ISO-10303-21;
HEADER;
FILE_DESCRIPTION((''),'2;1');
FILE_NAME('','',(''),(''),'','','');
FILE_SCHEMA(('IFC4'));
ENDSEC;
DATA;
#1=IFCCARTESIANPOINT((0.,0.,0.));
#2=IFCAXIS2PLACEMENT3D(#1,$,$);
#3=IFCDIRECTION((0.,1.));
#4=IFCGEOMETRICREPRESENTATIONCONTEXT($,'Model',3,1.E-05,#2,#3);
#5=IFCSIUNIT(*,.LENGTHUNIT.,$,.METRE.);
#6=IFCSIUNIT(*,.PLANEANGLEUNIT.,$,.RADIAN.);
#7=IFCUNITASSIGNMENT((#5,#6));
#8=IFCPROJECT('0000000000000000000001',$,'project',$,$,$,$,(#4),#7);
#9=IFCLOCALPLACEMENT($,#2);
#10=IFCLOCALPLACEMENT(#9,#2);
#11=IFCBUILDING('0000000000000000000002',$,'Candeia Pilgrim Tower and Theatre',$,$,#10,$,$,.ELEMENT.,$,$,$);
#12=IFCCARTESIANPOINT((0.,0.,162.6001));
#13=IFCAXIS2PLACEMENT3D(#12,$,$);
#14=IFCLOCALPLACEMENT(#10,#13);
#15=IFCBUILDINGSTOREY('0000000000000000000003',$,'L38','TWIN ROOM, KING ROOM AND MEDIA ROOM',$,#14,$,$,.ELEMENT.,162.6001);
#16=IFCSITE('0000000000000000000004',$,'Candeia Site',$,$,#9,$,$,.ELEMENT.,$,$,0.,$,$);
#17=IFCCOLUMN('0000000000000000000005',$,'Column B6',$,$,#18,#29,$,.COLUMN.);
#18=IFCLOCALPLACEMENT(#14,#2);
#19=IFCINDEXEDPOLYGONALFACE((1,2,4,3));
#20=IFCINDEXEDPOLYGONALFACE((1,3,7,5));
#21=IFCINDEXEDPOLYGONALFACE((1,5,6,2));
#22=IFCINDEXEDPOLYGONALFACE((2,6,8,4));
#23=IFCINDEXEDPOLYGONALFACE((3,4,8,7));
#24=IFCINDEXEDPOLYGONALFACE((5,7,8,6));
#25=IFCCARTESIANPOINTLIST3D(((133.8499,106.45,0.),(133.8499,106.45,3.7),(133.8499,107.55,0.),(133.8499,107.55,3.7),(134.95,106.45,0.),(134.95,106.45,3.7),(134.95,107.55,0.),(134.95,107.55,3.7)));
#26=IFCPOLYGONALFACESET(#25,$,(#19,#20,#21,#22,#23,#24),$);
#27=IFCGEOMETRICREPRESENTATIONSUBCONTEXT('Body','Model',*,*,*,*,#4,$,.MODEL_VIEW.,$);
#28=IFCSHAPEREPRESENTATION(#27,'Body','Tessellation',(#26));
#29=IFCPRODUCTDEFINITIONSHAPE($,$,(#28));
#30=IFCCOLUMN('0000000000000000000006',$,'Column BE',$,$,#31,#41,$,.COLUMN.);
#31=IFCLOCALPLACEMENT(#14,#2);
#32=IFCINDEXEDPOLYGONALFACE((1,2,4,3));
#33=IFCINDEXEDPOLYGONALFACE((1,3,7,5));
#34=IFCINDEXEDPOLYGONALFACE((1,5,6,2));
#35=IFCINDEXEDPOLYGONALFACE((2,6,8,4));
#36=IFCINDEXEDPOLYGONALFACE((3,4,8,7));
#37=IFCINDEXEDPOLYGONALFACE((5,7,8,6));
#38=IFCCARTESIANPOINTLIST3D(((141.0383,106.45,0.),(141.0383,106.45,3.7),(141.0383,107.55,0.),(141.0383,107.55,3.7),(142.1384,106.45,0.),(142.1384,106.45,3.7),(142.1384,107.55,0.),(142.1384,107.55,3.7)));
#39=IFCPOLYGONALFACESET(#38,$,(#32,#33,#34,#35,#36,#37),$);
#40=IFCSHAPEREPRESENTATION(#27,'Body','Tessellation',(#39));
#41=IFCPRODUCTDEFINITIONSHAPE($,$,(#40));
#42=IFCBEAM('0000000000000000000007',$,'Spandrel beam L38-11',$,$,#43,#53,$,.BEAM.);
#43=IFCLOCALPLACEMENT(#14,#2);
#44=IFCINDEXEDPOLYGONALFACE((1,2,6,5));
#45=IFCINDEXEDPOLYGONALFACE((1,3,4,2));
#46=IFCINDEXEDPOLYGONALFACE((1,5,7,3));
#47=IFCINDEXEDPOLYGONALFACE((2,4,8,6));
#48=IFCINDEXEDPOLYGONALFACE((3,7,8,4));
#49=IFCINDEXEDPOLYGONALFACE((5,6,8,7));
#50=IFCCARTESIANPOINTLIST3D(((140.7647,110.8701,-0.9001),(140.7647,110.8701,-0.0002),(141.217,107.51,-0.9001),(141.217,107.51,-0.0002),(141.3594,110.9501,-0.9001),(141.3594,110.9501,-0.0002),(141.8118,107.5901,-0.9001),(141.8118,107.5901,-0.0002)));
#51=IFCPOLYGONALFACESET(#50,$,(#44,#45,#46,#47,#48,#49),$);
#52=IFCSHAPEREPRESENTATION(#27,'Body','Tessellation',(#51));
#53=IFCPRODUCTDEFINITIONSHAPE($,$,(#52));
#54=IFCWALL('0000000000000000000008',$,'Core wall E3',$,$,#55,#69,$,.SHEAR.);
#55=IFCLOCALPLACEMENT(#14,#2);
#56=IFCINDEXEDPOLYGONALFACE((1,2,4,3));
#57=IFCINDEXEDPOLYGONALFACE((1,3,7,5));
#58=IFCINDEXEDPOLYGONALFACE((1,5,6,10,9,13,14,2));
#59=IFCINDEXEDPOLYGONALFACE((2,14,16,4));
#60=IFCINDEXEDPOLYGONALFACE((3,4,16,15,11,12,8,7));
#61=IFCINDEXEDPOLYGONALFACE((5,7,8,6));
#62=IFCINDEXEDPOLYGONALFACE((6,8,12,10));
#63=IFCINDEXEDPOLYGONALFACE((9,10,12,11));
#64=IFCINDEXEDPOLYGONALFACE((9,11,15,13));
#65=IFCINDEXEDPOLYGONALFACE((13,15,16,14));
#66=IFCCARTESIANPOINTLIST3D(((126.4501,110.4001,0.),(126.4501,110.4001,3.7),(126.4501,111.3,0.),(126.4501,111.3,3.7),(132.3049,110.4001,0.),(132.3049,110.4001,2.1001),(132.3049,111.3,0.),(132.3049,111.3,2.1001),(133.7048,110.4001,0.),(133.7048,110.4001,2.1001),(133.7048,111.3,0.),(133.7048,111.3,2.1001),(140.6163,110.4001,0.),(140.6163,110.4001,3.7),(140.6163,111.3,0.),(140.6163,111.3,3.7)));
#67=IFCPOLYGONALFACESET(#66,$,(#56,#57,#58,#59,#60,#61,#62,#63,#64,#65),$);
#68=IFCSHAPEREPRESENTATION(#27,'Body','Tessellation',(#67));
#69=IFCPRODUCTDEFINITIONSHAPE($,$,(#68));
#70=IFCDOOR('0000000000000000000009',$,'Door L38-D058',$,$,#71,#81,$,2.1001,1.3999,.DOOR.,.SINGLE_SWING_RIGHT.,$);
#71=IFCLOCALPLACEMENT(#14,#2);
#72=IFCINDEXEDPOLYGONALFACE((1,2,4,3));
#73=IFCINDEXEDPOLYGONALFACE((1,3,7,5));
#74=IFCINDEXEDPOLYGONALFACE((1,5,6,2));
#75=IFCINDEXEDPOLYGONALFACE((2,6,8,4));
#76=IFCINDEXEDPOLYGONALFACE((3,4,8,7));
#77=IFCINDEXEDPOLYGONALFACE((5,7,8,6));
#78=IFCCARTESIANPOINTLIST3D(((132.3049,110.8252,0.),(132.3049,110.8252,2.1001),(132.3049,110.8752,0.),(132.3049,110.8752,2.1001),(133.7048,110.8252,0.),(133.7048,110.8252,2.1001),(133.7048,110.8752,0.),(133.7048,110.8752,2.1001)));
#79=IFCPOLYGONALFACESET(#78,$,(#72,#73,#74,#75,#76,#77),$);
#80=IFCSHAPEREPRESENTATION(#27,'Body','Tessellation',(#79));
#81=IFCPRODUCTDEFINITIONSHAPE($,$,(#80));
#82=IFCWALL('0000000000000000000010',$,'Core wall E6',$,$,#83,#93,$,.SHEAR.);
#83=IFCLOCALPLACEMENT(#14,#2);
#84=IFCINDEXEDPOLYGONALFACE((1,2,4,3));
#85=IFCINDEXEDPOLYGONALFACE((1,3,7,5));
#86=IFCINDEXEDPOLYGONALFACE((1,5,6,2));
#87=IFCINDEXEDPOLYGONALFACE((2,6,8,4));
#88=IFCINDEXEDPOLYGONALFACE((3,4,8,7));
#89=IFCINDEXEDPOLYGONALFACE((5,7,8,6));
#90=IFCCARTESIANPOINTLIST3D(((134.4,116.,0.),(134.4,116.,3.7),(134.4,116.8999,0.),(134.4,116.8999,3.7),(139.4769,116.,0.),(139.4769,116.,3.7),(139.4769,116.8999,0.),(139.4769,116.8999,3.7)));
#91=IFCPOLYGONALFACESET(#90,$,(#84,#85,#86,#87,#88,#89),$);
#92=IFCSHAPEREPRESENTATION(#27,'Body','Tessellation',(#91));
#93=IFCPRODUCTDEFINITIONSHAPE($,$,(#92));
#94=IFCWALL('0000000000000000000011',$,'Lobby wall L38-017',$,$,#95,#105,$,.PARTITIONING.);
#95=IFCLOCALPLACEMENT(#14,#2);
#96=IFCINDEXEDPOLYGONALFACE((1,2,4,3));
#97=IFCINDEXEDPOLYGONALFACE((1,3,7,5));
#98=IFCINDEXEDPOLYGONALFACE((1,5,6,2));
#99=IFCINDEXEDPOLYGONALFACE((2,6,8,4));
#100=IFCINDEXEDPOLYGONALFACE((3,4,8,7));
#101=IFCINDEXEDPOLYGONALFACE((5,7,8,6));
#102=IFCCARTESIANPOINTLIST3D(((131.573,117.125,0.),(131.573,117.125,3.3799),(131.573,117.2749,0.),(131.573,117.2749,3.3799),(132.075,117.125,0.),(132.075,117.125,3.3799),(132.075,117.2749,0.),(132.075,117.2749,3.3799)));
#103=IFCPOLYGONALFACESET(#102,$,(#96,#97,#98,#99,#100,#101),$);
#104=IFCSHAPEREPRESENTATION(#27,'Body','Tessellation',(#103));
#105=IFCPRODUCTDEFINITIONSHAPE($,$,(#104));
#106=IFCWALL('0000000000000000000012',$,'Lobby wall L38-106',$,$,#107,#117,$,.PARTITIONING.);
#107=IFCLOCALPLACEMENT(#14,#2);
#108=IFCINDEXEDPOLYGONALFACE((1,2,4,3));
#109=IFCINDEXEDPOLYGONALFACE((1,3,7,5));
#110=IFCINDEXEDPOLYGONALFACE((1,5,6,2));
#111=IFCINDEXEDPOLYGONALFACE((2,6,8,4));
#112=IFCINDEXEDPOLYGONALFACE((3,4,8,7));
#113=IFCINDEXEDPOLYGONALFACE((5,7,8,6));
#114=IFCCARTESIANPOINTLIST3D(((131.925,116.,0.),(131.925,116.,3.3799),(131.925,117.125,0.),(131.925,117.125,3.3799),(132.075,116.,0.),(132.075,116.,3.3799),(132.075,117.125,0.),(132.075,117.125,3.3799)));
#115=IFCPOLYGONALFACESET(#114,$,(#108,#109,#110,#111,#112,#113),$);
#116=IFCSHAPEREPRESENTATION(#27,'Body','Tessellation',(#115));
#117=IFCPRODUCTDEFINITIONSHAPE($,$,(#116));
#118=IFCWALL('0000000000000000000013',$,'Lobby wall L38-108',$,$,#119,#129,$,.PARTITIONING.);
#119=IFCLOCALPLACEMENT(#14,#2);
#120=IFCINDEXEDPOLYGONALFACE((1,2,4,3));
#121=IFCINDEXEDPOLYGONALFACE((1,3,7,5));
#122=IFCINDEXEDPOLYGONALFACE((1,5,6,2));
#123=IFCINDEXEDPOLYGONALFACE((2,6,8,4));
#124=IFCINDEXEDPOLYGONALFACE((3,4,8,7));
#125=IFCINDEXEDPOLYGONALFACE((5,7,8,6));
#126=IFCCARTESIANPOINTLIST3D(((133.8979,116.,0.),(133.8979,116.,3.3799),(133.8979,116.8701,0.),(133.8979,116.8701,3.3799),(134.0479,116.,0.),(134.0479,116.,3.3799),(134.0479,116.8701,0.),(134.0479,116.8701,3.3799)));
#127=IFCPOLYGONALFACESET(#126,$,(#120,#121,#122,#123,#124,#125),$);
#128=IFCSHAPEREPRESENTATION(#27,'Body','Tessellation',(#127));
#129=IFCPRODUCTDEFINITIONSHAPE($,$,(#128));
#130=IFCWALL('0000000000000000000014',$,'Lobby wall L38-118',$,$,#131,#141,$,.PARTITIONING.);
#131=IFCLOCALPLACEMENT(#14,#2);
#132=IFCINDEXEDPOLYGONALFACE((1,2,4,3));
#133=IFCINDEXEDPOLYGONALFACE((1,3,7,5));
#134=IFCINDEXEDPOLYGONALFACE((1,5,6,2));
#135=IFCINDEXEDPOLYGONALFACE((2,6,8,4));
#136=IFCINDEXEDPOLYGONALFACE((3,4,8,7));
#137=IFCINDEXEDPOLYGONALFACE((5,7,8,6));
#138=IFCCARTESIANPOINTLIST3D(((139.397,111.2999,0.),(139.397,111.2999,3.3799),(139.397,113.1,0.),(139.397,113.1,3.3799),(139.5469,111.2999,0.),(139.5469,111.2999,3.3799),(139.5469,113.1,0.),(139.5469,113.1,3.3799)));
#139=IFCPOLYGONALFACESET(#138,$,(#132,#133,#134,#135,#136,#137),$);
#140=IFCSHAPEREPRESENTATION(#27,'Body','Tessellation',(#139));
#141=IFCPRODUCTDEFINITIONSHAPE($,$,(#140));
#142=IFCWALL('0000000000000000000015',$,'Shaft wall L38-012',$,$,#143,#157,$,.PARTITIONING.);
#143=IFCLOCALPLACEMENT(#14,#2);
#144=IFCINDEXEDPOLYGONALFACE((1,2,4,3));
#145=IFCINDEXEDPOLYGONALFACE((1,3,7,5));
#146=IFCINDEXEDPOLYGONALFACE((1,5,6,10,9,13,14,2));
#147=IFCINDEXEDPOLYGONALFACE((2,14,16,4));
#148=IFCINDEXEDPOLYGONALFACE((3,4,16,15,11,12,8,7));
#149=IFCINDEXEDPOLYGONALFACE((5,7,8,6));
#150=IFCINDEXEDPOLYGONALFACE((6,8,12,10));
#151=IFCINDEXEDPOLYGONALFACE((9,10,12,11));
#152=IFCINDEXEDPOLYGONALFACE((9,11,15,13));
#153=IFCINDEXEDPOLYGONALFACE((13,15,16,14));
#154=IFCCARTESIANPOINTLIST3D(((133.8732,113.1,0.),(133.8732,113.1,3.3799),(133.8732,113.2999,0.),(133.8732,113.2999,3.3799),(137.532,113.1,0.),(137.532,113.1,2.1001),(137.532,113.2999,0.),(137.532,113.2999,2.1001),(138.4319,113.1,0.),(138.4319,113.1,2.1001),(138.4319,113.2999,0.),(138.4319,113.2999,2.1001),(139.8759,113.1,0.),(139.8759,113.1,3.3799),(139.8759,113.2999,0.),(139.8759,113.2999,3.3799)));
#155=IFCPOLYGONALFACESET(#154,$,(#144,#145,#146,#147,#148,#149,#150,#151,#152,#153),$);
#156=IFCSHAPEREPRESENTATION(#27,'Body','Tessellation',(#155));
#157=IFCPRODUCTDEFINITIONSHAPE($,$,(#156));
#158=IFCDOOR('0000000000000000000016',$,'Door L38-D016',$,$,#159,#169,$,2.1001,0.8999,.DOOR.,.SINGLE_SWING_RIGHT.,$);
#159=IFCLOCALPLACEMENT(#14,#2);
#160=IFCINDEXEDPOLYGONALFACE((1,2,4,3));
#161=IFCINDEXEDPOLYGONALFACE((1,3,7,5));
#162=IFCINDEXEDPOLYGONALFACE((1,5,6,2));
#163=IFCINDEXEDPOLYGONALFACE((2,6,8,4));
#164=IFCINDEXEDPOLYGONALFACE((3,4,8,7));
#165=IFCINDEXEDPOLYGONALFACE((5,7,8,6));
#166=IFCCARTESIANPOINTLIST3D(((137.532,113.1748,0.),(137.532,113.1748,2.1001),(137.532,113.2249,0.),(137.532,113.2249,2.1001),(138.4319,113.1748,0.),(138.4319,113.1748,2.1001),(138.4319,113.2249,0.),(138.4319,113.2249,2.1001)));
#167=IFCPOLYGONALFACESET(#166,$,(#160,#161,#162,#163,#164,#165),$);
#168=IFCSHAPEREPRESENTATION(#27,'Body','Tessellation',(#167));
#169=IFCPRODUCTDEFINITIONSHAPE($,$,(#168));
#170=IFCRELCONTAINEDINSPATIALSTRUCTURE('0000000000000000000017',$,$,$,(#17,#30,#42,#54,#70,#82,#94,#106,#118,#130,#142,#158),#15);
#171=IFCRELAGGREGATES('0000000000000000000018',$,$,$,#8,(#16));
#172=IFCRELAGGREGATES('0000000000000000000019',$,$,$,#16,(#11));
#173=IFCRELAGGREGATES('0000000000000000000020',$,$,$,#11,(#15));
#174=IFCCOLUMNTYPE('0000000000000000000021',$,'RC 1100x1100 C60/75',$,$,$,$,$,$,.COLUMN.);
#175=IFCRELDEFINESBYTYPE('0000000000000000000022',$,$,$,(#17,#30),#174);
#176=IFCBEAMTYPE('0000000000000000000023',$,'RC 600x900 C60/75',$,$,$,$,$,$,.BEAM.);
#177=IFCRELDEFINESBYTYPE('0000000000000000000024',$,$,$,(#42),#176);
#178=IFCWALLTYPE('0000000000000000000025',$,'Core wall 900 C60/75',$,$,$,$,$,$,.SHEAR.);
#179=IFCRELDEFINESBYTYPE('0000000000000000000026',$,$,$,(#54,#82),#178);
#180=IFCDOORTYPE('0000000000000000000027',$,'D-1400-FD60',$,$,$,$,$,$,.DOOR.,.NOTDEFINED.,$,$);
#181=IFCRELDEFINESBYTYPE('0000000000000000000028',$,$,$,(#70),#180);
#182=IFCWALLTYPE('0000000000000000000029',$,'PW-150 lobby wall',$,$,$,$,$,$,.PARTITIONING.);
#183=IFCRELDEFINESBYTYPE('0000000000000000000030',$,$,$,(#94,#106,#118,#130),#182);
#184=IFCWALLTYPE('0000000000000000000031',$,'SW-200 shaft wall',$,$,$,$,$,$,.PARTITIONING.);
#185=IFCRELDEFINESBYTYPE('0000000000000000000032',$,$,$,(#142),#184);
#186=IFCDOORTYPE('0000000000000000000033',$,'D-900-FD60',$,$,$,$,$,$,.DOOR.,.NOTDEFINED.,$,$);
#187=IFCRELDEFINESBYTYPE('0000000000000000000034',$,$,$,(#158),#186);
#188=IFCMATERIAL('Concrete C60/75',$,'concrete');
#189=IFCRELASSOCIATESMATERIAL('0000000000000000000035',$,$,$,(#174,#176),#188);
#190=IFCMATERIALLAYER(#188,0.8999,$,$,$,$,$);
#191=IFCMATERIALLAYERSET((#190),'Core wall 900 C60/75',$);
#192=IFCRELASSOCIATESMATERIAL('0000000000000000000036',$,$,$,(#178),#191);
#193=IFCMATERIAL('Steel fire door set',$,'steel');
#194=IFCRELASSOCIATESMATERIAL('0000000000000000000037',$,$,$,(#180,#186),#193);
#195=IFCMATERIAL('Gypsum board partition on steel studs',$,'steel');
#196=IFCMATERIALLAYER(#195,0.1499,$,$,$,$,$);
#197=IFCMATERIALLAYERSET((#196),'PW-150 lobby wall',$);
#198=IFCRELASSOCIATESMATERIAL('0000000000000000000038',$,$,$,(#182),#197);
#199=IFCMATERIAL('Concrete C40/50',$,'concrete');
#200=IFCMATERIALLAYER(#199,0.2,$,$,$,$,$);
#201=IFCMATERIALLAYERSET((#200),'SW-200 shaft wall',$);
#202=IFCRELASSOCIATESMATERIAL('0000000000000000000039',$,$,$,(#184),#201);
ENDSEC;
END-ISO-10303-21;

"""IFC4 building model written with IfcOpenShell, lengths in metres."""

from ifc_helpers import new_model, si_unit, direction, frame, frame_2d, origin, origin_2d, place, context, subcontext, project, spatial, rectangle, extrude, material, layer, layer_set, material_profile, profile_set, type_object, element, fill, save


model = new_model("IFC4")

# Units and contexts
model_context = context("Model", 3, precision=1e-05, world=origin(), true_north=direction((0.0, 1.0)))
body_context = subcontext(model_context, "Body", "Model", "MODEL_VIEW")
ifc_project = project(units=[si_unit("LENGTHUNIT", "METRE"), si_unit("PLANEANGLEUNIT", "RADIAN")], contexts=[model_context])

# Site, building, storey
site_placement = place(None, origin())
site = spatial("IfcSite", under=ifc_project, at=site_placement, Name="Candeia Site", CompositionType="ELEMENT", RefElevation=0.0)
building_placement = place(site_placement, origin())
building = spatial("IfcBuilding", under=site, at=building_placement, Name="Candeia Pilgrim Tower and Theatre", CompositionType="ELEMENT")
storey_placement = place(building_placement, frame((0.0, 0.0, 162.6001)))
storey = spatial("IfcBuildingStorey", under=building, at=storey_placement, Name="L38", Description="TWIN ROOM, KING ROOM AND MEDIA ROOM", CompositionType="ELEMENT", Elevation=162.6001)

# Columns
ifc_material_1 = material(Name="Concrete C60/75", Category="concrete")
ifc_material_profile_1 = material_profile(ifc_material_1, rectangle(XDim=1.1001, YDim=1.1001, at=origin_2d()))
ifc_profile_set_1 = profile_set([ifc_material_profile_1], Name="Concrete C60/75")
column_type = type_object("IfcColumnType", Name="RC 1100x1100 C60/75", PredefinedType="COLUMN", material=ifc_profile_set_1)
for number, where, z_axis, x_axis, name in (
    (1, (134.3999, 107.0, 0.0), (0.0, 0.0, 1.0), (1.0, 0.0, 0.0), "Column B6"),
    (2, (141.5884, 107.0, 0.0), (0.0, 0.0, 1.0), (1.0, 0.0, 0.0), "Column BE"),
):
    element("IfcColumn", number, at=place(storey_placement, frame(where, z_axis=z_axis, x_axis=x_axis)), inside=storey, type_object=column_type, Name=name, PredefinedType="COLUMN", context=body_context, shape_type="SweptSolid", body=[
        extrude(rectangle(XDim=1.1001, YDim=1.1001, at=origin_2d()), origin(), (0.0, 0.0, 1.0), 3.7),
    ])

# Beam
ifc_material_profile_2 = material_profile(ifc_material_1, rectangle(XDim=0.6001, YDim=0.8999, at=origin_2d()))
ifc_profile_set_2 = profile_set([ifc_material_profile_2], Name="Concrete C60/75")
beam_type = type_object("IfcBeamType", Name="RC 600x900 C60/75", PredefinedType="BEAM", material=ifc_profile_set_2)
beam_placement = place(storey_placement, frame((141.5144, 107.55, -0.4502), z_axis=(-0.133432, 0.991058, 0.0), x_axis=(-0.991058, -0.133432, 0.0)))
element("IfcBeam", 3, at=beam_placement, inside=storey, type_object=beam_type, Name="Spandrel beam L38-11", PredefinedType="BEAM", context=body_context, shape_type="SweptSolid", body=[
    extrude(rectangle(XDim=0.6001, YDim=0.8999, at=origin_2d()), origin(), (0.0, 0.0, 1.0), 3.3904),
])

# Wall, opening, door
ifc_layer_1 = layer(ifc_material_1, 0.8999)
ifc_layer_set_1 = layer_set([ifc_layer_1], Name="Core wall 900 C60/75")
wall_type_1 = type_object("IfcWallType", Name="Core wall 900 C60/75", PredefinedType="SHEAR", material=ifc_layer_set_1)
wall_1_placement = place(storey_placement, frame((140.6162, 110.8501, 0.0), z_axis=(0.0, 0.0, 1.0), x_axis=(-1.0, 0.0, 0.0)))
wall_1 = element("IfcWall", 4, at=wall_1_placement, inside=storey, type_object=wall_type_1, Name="Core wall E3", PredefinedType="SHEAR", context=body_context, shape_type="SweptSolid", body=[
    extrude(rectangle(XDim=14.1663, YDim=0.8999, at=frame_2d((7.083, 0.0))), origin(), (0.0, 0.0, 1.0), 3.7),
])
opening_1_placement = place(wall_1_placement, frame((6.9114, 0.0, 0.0)))
opening_1 = element("IfcOpeningElement", 5, at=opening_1_placement, cuts=wall_1, PredefinedType="OPENING", context=body_context, shape_type="SweptSolid", body=[
    extrude(rectangle(XDim=1.3999, YDim=2.1001, at=frame_2d((0.7, 1.05))), frame((0.0, 0.46, 0.0), z_axis=(0.0, -1.0, 0.0), x_axis=(1.0, 0.0, 0.0)), (0.0, 0.0, 1.0), 0.9199),
])
ifc_material_2 = material(Name="Steel fire door set", Category="steel")
door_type_1 = type_object("IfcDoorType", Name="D-1400-FD60", OperationType="NOTDEFINED", PredefinedType="DOOR", material=ifc_material_2)
door_1_placement = place(opening_1_placement, origin())
door_1 = element("IfcDoor", 6, at=door_1_placement, inside=storey, type_object=door_type_1, Name="Door L38-D058", OperationType="SINGLE_SWING_RIGHT", OverallHeight=2.1001, OverallWidth=1.3999, PredefinedType="DOOR", context=body_context, shape_type="SweptSolid", body=[
    extrude(rectangle(XDim=1.3999, YDim=2.1001, at=frame_2d((0.7, 1.05))), frame((0.0, 0.0249, 0.0), z_axis=(0.0, -1.0, 0.0), x_axis=(1.0, 0.0, 0.0)), (0.0, 0.0, 1.0), 0.05),
])
fill(opening_1, door_1)

# Walls
wall_2_placement = place(storey_placement, frame((134.3999, 116.45, 0.0), z_axis=(0.0, 0.0, 1.0), x_axis=(1.0, 0.0, 0.0)))
element("IfcWall", 7, at=wall_2_placement, inside=storey, type_object=wall_type_1, Name="Core wall E6", PredefinedType="SHEAR", context=body_context, shape_type="SweptSolid", body=[
    extrude(rectangle(XDim=5.0769, YDim=0.8999, at=frame_2d((2.5386, 0.0))), origin(), (0.0, 0.0, 1.0), 3.7),
])
ifc_material_3 = material(Name="Gypsum board partition on steel studs", Category="steel")
ifc_layer_2 = layer(ifc_material_3, 0.1499)
ifc_layer_set_2 = layer_set([ifc_layer_2], Name="PW-150 lobby wall")
wall_type_2 = type_object("IfcWallType", Name="PW-150 lobby wall", PredefinedType="PARTITIONING", material=ifc_layer_set_2)
wall_3_placement = place(storey_placement, frame((131.573, 117.2, 0.0), z_axis=(0.0, 0.0, 1.0), x_axis=(1.0, 0.0, 0.0)))
element("IfcWall", 8, at=wall_3_placement, inside=storey, type_object=wall_type_2, Name="Lobby wall L38-017", PredefinedType="PARTITIONING", context=body_context, shape_type="SweptSolid", body=[
    extrude(rectangle(XDim=0.502, YDim=0.1499, at=frame_2d((0.251, 0.0))), origin(), (0.0, 0.0, 1.0), 3.3799),
])
wall_4_placement = place(storey_placement, frame((132.0, 116.0, 0.0), z_axis=(0.0, 0.0, 1.0), x_axis=(0.0, 1.0, 0.0)))
element("IfcWall", 9, at=wall_4_placement, inside=storey, type_object=wall_type_2, Name="Lobby wall L38-106", PredefinedType="PARTITIONING", context=body_context, shape_type="SweptSolid", body=[
    extrude(rectangle(XDim=1.125, YDim=0.1499, at=frame_2d((0.5625, 0.0))), origin(), (0.0, 0.0, 1.0), 3.3799),
])
wall_5_placement = place(storey_placement, frame((133.9729, 116.0, 0.0), z_axis=(0.0, 0.0, 1.0), x_axis=(0.0, 1.0, 0.0)))
element("IfcWall", 10, at=wall_5_placement, inside=storey, type_object=wall_type_2, Name="Lobby wall L38-108", PredefinedType="PARTITIONING", context=body_context, shape_type="SweptSolid", body=[
    extrude(rectangle(XDim=0.8701, YDim=0.1499, at=frame_2d((0.4351, 0.0))), origin(), (0.0, 0.0, 1.0), 3.3799),
])
wall_6_placement = place(storey_placement, frame((139.4719, 111.3, 0.0), z_axis=(0.0, 0.0, 1.0), x_axis=(0.0, 1.0, 0.0)))
element("IfcWall", 11, at=wall_6_placement, inside=storey, type_object=wall_type_2, Name="Lobby wall L38-118", PredefinedType="PARTITIONING", context=body_context, shape_type="SweptSolid", body=[
    extrude(rectangle(XDim=1.8, YDim=0.1499, at=frame_2d((0.8999, 0.0))), origin(), (0.0, 0.0, 1.0), 3.3799),
])

# Wall, opening, door
ifc_material_4 = material(Name="Concrete C40/50", Category="concrete")
ifc_layer_3 = layer(ifc_material_4, 0.2)
ifc_layer_set_3 = layer_set([ifc_layer_3], Name="SW-200 shaft wall")
wall_type_3 = type_object("IfcWallType", Name="SW-200 shaft wall", PredefinedType="PARTITIONING", material=ifc_layer_set_3)
wall_7_placement = place(storey_placement, frame((133.873, 113.2, 0.0), z_axis=(0.0, 0.0, 1.0), x_axis=(1.0, 0.0, 0.0)))
wall_7 = element("IfcWall", 12, at=wall_7_placement, inside=storey, type_object=wall_type_3, Name="Shaft wall L38-012", PredefinedType="PARTITIONING", context=body_context, shape_type="SweptSolid", body=[
    extrude(rectangle(XDim=6.0027, YDim=0.2, at=frame_2d((3.0015, 0.0))), origin(), (0.0, 0.0, 1.0), 3.3799),
])
opening_2_placement = place(wall_7_placement, frame((3.6589, 0.0, 0.0)))
opening_2 = element("IfcOpeningElement", 13, at=opening_2_placement, cuts=wall_7, PredefinedType="OPENING", context=body_context, shape_type="SweptSolid", body=[
    extrude(rectangle(XDim=0.8999, YDim=2.1001, at=frame_2d((0.45, 1.05))), frame((0.0, 0.1099, 0.0), z_axis=(0.0, -1.0, 0.0), x_axis=(1.0, 0.0, 0.0)), (0.0, 0.0, 1.0), 0.22),
])
door_type_2 = type_object("IfcDoorType", Name="D-900-FD60", OperationType="NOTDEFINED", PredefinedType="DOOR", material=ifc_material_2)
door_2_placement = place(opening_2_placement, origin())
door_2 = element("IfcDoor", 14, at=door_2_placement, inside=storey, type_object=door_type_2, Name="Door L38-D016", OperationType="SINGLE_SWING_RIGHT", OverallHeight=2.1001, OverallWidth=0.8999, PredefinedType="DOOR", context=body_context, shape_type="SweptSolid", body=[
    extrude(rectangle(XDim=0.8999, YDim=2.1001, at=frame_2d((0.45, 1.05))), frame((0.0, 0.0249, 0.0), z_axis=(0.0, -1.0, 0.0), x_axis=(1.0, 0.0, 0.0)), (0.0, 0.0, 1.0), 0.05),
])
fill(opening_2, door_2)

save(model, "model.ifc")
